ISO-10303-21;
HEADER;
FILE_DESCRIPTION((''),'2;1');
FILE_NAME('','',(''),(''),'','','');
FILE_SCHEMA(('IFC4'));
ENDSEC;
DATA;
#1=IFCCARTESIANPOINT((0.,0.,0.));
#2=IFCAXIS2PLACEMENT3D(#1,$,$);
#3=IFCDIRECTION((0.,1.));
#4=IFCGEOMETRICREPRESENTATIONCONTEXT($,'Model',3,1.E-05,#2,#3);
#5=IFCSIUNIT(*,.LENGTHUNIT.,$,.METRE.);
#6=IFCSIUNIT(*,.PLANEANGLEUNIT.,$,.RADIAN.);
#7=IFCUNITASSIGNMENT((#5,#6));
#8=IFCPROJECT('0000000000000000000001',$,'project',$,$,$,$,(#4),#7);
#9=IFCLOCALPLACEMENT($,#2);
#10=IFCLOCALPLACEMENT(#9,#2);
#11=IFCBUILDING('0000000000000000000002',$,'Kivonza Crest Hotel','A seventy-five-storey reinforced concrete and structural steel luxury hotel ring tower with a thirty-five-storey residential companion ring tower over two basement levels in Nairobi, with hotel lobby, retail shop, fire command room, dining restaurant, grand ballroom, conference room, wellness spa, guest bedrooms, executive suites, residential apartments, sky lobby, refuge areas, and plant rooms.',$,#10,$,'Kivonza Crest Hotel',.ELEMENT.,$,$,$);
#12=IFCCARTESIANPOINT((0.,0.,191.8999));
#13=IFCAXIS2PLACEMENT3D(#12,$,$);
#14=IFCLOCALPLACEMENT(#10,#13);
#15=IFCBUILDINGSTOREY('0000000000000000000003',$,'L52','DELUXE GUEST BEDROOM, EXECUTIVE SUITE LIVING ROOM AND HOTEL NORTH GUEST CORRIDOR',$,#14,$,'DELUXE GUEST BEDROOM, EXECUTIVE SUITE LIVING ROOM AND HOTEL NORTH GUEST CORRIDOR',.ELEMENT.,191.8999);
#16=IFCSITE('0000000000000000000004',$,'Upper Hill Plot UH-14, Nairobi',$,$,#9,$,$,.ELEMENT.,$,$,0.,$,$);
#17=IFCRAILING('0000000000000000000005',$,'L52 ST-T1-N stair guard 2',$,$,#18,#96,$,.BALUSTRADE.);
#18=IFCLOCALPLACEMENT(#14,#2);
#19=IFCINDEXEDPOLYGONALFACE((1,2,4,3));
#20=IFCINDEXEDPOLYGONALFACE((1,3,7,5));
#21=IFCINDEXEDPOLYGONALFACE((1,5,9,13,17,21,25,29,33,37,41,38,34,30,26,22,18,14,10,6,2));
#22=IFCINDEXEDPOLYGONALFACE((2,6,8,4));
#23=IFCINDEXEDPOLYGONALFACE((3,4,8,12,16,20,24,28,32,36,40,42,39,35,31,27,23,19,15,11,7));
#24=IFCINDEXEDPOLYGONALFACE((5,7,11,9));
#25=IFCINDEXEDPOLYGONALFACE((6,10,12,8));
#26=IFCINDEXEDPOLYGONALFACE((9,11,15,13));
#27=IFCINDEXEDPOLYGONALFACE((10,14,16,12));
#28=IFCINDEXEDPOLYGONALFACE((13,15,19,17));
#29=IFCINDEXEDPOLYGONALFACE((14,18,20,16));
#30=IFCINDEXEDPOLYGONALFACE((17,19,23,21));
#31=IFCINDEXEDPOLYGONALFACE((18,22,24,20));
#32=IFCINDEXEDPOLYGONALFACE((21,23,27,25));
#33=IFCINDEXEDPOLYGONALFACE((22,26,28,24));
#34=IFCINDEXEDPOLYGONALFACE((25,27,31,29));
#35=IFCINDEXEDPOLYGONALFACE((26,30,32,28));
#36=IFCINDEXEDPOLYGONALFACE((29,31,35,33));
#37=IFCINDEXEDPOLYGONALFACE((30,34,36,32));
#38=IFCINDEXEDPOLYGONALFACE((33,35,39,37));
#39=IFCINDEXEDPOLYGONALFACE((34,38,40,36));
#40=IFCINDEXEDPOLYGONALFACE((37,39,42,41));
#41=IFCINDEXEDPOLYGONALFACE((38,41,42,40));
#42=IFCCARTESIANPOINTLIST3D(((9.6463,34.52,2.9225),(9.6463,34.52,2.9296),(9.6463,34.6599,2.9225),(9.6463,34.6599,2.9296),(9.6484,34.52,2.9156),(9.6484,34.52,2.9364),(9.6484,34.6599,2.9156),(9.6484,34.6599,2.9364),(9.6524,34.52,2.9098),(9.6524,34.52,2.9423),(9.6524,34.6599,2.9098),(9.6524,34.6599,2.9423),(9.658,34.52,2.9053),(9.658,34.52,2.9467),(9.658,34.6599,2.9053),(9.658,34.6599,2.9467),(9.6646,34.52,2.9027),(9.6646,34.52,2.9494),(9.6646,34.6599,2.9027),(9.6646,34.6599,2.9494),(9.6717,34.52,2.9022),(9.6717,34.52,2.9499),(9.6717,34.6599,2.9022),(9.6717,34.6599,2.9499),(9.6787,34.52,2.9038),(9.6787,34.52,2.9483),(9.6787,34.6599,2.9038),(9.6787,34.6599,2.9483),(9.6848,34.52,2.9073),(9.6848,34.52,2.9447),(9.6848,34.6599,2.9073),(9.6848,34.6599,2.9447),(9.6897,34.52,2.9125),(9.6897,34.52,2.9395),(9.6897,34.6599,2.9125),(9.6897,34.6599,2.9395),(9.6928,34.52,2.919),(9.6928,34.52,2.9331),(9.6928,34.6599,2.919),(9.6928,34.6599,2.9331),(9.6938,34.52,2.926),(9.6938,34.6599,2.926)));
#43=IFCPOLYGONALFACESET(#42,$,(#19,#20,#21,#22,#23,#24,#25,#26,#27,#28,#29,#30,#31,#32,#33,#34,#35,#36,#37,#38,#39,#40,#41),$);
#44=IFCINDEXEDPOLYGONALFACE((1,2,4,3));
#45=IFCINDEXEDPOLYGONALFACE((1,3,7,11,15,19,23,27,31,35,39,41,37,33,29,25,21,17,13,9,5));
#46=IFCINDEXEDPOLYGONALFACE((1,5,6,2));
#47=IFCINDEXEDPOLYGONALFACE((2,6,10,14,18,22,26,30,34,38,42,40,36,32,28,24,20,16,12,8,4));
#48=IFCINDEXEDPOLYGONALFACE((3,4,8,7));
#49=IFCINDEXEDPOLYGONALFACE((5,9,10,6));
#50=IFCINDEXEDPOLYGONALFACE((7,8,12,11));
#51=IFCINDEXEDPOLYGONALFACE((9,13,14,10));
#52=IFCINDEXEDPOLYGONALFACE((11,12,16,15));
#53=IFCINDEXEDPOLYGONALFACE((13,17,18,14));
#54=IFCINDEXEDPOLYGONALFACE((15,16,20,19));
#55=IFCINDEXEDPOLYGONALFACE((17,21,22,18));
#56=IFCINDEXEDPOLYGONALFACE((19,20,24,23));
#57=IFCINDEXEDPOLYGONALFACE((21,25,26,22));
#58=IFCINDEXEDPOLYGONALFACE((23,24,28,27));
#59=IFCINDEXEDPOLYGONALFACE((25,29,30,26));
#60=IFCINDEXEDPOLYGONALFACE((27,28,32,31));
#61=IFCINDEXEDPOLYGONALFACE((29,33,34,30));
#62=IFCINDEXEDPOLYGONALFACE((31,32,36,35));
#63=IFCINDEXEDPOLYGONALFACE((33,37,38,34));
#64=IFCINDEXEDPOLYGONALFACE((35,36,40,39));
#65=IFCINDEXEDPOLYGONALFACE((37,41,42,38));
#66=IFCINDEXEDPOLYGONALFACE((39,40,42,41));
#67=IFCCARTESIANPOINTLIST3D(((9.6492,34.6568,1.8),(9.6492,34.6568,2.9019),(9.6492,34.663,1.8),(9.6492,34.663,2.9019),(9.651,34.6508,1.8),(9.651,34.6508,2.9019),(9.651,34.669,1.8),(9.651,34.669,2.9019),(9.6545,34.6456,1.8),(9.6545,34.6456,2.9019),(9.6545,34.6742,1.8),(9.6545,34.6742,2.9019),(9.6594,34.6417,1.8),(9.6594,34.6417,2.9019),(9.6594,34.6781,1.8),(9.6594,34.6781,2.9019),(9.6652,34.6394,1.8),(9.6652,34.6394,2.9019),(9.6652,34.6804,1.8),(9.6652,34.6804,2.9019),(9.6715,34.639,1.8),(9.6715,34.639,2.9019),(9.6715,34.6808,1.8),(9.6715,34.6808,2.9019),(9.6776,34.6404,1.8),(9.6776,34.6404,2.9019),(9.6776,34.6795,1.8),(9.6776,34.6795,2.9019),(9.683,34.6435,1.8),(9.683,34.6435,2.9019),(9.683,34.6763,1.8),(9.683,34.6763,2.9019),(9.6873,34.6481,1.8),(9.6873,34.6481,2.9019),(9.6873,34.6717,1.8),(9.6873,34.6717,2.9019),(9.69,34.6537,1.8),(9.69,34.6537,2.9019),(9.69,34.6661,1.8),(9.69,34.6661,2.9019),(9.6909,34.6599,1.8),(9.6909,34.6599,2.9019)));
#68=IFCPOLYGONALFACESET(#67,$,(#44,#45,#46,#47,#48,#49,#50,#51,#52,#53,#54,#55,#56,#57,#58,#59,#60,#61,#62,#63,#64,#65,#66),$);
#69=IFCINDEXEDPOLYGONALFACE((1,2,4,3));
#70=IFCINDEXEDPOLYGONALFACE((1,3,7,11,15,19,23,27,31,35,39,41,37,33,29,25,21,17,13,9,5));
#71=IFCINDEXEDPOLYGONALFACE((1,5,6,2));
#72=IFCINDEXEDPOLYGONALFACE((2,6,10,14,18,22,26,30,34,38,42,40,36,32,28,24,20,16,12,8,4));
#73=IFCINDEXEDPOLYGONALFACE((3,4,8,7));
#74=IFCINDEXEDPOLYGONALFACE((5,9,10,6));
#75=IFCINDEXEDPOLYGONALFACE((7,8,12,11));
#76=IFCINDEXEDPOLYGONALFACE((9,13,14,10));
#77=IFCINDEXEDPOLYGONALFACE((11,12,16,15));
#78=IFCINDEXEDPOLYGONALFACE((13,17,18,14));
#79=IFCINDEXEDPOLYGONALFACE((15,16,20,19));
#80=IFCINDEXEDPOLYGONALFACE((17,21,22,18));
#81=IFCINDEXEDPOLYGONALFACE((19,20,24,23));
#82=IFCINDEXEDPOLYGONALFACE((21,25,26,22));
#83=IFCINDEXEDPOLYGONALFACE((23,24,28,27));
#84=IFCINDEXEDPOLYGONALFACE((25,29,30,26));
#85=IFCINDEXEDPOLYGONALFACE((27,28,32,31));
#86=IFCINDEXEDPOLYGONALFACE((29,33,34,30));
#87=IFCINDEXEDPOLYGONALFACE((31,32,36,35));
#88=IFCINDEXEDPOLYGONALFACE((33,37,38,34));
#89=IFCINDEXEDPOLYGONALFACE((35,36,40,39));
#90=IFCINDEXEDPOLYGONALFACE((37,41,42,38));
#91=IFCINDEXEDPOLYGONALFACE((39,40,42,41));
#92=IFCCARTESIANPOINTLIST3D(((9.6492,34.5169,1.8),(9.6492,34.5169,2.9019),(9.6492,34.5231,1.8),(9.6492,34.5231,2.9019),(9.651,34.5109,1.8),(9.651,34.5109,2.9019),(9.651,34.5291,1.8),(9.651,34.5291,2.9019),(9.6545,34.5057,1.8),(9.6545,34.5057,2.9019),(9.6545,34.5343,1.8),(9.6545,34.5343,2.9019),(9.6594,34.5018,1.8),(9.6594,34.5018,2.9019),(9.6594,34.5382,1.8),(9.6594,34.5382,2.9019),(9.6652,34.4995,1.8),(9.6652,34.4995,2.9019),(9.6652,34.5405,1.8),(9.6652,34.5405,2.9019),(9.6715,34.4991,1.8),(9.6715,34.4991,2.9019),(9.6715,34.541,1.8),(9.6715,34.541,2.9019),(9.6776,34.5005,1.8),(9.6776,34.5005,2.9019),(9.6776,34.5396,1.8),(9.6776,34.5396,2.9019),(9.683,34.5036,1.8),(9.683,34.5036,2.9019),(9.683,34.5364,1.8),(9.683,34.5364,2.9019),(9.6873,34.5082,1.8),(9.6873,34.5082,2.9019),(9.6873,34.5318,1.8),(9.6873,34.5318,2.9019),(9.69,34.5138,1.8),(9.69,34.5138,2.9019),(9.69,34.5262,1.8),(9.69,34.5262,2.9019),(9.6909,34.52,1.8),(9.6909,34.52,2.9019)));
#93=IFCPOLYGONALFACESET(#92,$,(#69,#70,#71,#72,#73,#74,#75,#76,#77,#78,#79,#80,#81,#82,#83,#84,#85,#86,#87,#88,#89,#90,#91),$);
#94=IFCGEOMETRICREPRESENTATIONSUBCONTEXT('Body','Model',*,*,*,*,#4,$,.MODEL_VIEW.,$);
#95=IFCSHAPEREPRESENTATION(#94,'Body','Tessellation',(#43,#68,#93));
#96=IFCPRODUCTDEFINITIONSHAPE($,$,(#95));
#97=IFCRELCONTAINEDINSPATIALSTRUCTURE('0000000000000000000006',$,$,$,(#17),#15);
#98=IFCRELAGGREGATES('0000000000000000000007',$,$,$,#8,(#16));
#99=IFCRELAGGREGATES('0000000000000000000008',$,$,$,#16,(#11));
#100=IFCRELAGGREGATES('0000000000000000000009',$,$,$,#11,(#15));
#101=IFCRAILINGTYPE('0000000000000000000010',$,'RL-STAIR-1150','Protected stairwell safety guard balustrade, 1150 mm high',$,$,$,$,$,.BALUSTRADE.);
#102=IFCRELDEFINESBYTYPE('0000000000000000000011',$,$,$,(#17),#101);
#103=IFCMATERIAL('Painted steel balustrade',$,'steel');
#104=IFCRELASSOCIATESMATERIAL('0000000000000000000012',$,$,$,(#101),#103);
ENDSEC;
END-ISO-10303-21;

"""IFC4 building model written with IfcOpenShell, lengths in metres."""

from ifc_helpers import new_model, si_unit, direction, frame, origin, origin_2d, place, context, subcontext, project, spatial, circle, extrude, material, type_object, element, save


model = new_model("IFC4")

# Units and contexts
model_context = context("Model", 3, precision=1e-05, world=origin(), true_north=direction((0.0, 1.0)))
body_context = subcontext(model_context, "Body", "Model", "MODEL_VIEW")
ifc_project = project(units=[si_unit("LENGTHUNIT", "METRE"), si_unit("PLANEANGLEUNIT", "RADIAN")], contexts=[model_context])

# Site, building, storey
site_placement = place(None, origin())
site = spatial("IfcSite", under=ifc_project, at=site_placement, Name="Upper Hill Plot UH-14, Nairobi", CompositionType="ELEMENT", RefElevation=0.0)
building_placement = place(site_placement, origin())
building = spatial("IfcBuilding", under=site, at=building_placement, Name="Kivonza Crest Hotel", Description="A seventy-five-storey reinforced concrete and structural steel luxury hotel ring tower with a thirty-five-storey residential companion ring tower over two basement levels in Nairobi, with hotel lobby, retail shop, fire command room, dining restaurant, grand ballroom, conference room, wellness spa, guest bedrooms, executive suites, residential apartments, sky lobby, refuge areas, and plant rooms.", LongName="Kivonza Crest Hotel", CompositionType="ELEMENT")
storey_placement = place(building_placement, frame((0.0, 0.0, 191.8999)))
storey = spatial("IfcBuildingStorey", under=building, at=storey_placement, Name="L52", Description="DELUXE GUEST BEDROOM, EXECUTIVE SUITE LIVING ROOM AND HOTEL NORTH GUEST CORRIDOR", LongName="DELUXE GUEST BEDROOM, EXECUTIVE SUITE LIVING ROOM AND HOTEL NORTH GUEST CORRIDOR", CompositionType="ELEMENT", Elevation=191.8999)

# Railing
ifc_material_1 = material(Name="Painted steel balustrade", Category="steel")
railing_type_1 = type_object("IfcRailingType", Name="RL-STAIR-1150", Description="Protected stairwell safety guard balustrade, 1150 mm high", PredefinedType="BALUSTRADE", material=ifc_material_1)
railing_1_placement = place(storey_placement, frame((9.6699, 34.6599, 1.8)))
element("IfcRailing", 1, at=railing_1_placement, inside=storey, type_object=railing_type_1, Name="L52 ST-T1-N stair guard 2", PredefinedType="BALUSTRADE", context=body_context, shape_type="SweptSolid", body=[
    extrude(circle(Radius=0.0239, at=origin_2d()), frame((0.0, 0.0, 1.126), z_axis=(0.0, -1.0, 0.0), x_axis=(1.0, 0.0, 0.0)), (0.0, 0.0, 1.0), 0.1399),
    extrude(circle(Radius=0.021, at=origin_2d()), origin(), (0.0, 0.0, 1.0), 1.1018),
    extrude(circle(Radius=0.021, at=origin_2d()), frame((0.0, -0.1399, 0.0)), (0.0, 0.0, 1.0), 1.1018),
])

save(model, "model.ifc")
